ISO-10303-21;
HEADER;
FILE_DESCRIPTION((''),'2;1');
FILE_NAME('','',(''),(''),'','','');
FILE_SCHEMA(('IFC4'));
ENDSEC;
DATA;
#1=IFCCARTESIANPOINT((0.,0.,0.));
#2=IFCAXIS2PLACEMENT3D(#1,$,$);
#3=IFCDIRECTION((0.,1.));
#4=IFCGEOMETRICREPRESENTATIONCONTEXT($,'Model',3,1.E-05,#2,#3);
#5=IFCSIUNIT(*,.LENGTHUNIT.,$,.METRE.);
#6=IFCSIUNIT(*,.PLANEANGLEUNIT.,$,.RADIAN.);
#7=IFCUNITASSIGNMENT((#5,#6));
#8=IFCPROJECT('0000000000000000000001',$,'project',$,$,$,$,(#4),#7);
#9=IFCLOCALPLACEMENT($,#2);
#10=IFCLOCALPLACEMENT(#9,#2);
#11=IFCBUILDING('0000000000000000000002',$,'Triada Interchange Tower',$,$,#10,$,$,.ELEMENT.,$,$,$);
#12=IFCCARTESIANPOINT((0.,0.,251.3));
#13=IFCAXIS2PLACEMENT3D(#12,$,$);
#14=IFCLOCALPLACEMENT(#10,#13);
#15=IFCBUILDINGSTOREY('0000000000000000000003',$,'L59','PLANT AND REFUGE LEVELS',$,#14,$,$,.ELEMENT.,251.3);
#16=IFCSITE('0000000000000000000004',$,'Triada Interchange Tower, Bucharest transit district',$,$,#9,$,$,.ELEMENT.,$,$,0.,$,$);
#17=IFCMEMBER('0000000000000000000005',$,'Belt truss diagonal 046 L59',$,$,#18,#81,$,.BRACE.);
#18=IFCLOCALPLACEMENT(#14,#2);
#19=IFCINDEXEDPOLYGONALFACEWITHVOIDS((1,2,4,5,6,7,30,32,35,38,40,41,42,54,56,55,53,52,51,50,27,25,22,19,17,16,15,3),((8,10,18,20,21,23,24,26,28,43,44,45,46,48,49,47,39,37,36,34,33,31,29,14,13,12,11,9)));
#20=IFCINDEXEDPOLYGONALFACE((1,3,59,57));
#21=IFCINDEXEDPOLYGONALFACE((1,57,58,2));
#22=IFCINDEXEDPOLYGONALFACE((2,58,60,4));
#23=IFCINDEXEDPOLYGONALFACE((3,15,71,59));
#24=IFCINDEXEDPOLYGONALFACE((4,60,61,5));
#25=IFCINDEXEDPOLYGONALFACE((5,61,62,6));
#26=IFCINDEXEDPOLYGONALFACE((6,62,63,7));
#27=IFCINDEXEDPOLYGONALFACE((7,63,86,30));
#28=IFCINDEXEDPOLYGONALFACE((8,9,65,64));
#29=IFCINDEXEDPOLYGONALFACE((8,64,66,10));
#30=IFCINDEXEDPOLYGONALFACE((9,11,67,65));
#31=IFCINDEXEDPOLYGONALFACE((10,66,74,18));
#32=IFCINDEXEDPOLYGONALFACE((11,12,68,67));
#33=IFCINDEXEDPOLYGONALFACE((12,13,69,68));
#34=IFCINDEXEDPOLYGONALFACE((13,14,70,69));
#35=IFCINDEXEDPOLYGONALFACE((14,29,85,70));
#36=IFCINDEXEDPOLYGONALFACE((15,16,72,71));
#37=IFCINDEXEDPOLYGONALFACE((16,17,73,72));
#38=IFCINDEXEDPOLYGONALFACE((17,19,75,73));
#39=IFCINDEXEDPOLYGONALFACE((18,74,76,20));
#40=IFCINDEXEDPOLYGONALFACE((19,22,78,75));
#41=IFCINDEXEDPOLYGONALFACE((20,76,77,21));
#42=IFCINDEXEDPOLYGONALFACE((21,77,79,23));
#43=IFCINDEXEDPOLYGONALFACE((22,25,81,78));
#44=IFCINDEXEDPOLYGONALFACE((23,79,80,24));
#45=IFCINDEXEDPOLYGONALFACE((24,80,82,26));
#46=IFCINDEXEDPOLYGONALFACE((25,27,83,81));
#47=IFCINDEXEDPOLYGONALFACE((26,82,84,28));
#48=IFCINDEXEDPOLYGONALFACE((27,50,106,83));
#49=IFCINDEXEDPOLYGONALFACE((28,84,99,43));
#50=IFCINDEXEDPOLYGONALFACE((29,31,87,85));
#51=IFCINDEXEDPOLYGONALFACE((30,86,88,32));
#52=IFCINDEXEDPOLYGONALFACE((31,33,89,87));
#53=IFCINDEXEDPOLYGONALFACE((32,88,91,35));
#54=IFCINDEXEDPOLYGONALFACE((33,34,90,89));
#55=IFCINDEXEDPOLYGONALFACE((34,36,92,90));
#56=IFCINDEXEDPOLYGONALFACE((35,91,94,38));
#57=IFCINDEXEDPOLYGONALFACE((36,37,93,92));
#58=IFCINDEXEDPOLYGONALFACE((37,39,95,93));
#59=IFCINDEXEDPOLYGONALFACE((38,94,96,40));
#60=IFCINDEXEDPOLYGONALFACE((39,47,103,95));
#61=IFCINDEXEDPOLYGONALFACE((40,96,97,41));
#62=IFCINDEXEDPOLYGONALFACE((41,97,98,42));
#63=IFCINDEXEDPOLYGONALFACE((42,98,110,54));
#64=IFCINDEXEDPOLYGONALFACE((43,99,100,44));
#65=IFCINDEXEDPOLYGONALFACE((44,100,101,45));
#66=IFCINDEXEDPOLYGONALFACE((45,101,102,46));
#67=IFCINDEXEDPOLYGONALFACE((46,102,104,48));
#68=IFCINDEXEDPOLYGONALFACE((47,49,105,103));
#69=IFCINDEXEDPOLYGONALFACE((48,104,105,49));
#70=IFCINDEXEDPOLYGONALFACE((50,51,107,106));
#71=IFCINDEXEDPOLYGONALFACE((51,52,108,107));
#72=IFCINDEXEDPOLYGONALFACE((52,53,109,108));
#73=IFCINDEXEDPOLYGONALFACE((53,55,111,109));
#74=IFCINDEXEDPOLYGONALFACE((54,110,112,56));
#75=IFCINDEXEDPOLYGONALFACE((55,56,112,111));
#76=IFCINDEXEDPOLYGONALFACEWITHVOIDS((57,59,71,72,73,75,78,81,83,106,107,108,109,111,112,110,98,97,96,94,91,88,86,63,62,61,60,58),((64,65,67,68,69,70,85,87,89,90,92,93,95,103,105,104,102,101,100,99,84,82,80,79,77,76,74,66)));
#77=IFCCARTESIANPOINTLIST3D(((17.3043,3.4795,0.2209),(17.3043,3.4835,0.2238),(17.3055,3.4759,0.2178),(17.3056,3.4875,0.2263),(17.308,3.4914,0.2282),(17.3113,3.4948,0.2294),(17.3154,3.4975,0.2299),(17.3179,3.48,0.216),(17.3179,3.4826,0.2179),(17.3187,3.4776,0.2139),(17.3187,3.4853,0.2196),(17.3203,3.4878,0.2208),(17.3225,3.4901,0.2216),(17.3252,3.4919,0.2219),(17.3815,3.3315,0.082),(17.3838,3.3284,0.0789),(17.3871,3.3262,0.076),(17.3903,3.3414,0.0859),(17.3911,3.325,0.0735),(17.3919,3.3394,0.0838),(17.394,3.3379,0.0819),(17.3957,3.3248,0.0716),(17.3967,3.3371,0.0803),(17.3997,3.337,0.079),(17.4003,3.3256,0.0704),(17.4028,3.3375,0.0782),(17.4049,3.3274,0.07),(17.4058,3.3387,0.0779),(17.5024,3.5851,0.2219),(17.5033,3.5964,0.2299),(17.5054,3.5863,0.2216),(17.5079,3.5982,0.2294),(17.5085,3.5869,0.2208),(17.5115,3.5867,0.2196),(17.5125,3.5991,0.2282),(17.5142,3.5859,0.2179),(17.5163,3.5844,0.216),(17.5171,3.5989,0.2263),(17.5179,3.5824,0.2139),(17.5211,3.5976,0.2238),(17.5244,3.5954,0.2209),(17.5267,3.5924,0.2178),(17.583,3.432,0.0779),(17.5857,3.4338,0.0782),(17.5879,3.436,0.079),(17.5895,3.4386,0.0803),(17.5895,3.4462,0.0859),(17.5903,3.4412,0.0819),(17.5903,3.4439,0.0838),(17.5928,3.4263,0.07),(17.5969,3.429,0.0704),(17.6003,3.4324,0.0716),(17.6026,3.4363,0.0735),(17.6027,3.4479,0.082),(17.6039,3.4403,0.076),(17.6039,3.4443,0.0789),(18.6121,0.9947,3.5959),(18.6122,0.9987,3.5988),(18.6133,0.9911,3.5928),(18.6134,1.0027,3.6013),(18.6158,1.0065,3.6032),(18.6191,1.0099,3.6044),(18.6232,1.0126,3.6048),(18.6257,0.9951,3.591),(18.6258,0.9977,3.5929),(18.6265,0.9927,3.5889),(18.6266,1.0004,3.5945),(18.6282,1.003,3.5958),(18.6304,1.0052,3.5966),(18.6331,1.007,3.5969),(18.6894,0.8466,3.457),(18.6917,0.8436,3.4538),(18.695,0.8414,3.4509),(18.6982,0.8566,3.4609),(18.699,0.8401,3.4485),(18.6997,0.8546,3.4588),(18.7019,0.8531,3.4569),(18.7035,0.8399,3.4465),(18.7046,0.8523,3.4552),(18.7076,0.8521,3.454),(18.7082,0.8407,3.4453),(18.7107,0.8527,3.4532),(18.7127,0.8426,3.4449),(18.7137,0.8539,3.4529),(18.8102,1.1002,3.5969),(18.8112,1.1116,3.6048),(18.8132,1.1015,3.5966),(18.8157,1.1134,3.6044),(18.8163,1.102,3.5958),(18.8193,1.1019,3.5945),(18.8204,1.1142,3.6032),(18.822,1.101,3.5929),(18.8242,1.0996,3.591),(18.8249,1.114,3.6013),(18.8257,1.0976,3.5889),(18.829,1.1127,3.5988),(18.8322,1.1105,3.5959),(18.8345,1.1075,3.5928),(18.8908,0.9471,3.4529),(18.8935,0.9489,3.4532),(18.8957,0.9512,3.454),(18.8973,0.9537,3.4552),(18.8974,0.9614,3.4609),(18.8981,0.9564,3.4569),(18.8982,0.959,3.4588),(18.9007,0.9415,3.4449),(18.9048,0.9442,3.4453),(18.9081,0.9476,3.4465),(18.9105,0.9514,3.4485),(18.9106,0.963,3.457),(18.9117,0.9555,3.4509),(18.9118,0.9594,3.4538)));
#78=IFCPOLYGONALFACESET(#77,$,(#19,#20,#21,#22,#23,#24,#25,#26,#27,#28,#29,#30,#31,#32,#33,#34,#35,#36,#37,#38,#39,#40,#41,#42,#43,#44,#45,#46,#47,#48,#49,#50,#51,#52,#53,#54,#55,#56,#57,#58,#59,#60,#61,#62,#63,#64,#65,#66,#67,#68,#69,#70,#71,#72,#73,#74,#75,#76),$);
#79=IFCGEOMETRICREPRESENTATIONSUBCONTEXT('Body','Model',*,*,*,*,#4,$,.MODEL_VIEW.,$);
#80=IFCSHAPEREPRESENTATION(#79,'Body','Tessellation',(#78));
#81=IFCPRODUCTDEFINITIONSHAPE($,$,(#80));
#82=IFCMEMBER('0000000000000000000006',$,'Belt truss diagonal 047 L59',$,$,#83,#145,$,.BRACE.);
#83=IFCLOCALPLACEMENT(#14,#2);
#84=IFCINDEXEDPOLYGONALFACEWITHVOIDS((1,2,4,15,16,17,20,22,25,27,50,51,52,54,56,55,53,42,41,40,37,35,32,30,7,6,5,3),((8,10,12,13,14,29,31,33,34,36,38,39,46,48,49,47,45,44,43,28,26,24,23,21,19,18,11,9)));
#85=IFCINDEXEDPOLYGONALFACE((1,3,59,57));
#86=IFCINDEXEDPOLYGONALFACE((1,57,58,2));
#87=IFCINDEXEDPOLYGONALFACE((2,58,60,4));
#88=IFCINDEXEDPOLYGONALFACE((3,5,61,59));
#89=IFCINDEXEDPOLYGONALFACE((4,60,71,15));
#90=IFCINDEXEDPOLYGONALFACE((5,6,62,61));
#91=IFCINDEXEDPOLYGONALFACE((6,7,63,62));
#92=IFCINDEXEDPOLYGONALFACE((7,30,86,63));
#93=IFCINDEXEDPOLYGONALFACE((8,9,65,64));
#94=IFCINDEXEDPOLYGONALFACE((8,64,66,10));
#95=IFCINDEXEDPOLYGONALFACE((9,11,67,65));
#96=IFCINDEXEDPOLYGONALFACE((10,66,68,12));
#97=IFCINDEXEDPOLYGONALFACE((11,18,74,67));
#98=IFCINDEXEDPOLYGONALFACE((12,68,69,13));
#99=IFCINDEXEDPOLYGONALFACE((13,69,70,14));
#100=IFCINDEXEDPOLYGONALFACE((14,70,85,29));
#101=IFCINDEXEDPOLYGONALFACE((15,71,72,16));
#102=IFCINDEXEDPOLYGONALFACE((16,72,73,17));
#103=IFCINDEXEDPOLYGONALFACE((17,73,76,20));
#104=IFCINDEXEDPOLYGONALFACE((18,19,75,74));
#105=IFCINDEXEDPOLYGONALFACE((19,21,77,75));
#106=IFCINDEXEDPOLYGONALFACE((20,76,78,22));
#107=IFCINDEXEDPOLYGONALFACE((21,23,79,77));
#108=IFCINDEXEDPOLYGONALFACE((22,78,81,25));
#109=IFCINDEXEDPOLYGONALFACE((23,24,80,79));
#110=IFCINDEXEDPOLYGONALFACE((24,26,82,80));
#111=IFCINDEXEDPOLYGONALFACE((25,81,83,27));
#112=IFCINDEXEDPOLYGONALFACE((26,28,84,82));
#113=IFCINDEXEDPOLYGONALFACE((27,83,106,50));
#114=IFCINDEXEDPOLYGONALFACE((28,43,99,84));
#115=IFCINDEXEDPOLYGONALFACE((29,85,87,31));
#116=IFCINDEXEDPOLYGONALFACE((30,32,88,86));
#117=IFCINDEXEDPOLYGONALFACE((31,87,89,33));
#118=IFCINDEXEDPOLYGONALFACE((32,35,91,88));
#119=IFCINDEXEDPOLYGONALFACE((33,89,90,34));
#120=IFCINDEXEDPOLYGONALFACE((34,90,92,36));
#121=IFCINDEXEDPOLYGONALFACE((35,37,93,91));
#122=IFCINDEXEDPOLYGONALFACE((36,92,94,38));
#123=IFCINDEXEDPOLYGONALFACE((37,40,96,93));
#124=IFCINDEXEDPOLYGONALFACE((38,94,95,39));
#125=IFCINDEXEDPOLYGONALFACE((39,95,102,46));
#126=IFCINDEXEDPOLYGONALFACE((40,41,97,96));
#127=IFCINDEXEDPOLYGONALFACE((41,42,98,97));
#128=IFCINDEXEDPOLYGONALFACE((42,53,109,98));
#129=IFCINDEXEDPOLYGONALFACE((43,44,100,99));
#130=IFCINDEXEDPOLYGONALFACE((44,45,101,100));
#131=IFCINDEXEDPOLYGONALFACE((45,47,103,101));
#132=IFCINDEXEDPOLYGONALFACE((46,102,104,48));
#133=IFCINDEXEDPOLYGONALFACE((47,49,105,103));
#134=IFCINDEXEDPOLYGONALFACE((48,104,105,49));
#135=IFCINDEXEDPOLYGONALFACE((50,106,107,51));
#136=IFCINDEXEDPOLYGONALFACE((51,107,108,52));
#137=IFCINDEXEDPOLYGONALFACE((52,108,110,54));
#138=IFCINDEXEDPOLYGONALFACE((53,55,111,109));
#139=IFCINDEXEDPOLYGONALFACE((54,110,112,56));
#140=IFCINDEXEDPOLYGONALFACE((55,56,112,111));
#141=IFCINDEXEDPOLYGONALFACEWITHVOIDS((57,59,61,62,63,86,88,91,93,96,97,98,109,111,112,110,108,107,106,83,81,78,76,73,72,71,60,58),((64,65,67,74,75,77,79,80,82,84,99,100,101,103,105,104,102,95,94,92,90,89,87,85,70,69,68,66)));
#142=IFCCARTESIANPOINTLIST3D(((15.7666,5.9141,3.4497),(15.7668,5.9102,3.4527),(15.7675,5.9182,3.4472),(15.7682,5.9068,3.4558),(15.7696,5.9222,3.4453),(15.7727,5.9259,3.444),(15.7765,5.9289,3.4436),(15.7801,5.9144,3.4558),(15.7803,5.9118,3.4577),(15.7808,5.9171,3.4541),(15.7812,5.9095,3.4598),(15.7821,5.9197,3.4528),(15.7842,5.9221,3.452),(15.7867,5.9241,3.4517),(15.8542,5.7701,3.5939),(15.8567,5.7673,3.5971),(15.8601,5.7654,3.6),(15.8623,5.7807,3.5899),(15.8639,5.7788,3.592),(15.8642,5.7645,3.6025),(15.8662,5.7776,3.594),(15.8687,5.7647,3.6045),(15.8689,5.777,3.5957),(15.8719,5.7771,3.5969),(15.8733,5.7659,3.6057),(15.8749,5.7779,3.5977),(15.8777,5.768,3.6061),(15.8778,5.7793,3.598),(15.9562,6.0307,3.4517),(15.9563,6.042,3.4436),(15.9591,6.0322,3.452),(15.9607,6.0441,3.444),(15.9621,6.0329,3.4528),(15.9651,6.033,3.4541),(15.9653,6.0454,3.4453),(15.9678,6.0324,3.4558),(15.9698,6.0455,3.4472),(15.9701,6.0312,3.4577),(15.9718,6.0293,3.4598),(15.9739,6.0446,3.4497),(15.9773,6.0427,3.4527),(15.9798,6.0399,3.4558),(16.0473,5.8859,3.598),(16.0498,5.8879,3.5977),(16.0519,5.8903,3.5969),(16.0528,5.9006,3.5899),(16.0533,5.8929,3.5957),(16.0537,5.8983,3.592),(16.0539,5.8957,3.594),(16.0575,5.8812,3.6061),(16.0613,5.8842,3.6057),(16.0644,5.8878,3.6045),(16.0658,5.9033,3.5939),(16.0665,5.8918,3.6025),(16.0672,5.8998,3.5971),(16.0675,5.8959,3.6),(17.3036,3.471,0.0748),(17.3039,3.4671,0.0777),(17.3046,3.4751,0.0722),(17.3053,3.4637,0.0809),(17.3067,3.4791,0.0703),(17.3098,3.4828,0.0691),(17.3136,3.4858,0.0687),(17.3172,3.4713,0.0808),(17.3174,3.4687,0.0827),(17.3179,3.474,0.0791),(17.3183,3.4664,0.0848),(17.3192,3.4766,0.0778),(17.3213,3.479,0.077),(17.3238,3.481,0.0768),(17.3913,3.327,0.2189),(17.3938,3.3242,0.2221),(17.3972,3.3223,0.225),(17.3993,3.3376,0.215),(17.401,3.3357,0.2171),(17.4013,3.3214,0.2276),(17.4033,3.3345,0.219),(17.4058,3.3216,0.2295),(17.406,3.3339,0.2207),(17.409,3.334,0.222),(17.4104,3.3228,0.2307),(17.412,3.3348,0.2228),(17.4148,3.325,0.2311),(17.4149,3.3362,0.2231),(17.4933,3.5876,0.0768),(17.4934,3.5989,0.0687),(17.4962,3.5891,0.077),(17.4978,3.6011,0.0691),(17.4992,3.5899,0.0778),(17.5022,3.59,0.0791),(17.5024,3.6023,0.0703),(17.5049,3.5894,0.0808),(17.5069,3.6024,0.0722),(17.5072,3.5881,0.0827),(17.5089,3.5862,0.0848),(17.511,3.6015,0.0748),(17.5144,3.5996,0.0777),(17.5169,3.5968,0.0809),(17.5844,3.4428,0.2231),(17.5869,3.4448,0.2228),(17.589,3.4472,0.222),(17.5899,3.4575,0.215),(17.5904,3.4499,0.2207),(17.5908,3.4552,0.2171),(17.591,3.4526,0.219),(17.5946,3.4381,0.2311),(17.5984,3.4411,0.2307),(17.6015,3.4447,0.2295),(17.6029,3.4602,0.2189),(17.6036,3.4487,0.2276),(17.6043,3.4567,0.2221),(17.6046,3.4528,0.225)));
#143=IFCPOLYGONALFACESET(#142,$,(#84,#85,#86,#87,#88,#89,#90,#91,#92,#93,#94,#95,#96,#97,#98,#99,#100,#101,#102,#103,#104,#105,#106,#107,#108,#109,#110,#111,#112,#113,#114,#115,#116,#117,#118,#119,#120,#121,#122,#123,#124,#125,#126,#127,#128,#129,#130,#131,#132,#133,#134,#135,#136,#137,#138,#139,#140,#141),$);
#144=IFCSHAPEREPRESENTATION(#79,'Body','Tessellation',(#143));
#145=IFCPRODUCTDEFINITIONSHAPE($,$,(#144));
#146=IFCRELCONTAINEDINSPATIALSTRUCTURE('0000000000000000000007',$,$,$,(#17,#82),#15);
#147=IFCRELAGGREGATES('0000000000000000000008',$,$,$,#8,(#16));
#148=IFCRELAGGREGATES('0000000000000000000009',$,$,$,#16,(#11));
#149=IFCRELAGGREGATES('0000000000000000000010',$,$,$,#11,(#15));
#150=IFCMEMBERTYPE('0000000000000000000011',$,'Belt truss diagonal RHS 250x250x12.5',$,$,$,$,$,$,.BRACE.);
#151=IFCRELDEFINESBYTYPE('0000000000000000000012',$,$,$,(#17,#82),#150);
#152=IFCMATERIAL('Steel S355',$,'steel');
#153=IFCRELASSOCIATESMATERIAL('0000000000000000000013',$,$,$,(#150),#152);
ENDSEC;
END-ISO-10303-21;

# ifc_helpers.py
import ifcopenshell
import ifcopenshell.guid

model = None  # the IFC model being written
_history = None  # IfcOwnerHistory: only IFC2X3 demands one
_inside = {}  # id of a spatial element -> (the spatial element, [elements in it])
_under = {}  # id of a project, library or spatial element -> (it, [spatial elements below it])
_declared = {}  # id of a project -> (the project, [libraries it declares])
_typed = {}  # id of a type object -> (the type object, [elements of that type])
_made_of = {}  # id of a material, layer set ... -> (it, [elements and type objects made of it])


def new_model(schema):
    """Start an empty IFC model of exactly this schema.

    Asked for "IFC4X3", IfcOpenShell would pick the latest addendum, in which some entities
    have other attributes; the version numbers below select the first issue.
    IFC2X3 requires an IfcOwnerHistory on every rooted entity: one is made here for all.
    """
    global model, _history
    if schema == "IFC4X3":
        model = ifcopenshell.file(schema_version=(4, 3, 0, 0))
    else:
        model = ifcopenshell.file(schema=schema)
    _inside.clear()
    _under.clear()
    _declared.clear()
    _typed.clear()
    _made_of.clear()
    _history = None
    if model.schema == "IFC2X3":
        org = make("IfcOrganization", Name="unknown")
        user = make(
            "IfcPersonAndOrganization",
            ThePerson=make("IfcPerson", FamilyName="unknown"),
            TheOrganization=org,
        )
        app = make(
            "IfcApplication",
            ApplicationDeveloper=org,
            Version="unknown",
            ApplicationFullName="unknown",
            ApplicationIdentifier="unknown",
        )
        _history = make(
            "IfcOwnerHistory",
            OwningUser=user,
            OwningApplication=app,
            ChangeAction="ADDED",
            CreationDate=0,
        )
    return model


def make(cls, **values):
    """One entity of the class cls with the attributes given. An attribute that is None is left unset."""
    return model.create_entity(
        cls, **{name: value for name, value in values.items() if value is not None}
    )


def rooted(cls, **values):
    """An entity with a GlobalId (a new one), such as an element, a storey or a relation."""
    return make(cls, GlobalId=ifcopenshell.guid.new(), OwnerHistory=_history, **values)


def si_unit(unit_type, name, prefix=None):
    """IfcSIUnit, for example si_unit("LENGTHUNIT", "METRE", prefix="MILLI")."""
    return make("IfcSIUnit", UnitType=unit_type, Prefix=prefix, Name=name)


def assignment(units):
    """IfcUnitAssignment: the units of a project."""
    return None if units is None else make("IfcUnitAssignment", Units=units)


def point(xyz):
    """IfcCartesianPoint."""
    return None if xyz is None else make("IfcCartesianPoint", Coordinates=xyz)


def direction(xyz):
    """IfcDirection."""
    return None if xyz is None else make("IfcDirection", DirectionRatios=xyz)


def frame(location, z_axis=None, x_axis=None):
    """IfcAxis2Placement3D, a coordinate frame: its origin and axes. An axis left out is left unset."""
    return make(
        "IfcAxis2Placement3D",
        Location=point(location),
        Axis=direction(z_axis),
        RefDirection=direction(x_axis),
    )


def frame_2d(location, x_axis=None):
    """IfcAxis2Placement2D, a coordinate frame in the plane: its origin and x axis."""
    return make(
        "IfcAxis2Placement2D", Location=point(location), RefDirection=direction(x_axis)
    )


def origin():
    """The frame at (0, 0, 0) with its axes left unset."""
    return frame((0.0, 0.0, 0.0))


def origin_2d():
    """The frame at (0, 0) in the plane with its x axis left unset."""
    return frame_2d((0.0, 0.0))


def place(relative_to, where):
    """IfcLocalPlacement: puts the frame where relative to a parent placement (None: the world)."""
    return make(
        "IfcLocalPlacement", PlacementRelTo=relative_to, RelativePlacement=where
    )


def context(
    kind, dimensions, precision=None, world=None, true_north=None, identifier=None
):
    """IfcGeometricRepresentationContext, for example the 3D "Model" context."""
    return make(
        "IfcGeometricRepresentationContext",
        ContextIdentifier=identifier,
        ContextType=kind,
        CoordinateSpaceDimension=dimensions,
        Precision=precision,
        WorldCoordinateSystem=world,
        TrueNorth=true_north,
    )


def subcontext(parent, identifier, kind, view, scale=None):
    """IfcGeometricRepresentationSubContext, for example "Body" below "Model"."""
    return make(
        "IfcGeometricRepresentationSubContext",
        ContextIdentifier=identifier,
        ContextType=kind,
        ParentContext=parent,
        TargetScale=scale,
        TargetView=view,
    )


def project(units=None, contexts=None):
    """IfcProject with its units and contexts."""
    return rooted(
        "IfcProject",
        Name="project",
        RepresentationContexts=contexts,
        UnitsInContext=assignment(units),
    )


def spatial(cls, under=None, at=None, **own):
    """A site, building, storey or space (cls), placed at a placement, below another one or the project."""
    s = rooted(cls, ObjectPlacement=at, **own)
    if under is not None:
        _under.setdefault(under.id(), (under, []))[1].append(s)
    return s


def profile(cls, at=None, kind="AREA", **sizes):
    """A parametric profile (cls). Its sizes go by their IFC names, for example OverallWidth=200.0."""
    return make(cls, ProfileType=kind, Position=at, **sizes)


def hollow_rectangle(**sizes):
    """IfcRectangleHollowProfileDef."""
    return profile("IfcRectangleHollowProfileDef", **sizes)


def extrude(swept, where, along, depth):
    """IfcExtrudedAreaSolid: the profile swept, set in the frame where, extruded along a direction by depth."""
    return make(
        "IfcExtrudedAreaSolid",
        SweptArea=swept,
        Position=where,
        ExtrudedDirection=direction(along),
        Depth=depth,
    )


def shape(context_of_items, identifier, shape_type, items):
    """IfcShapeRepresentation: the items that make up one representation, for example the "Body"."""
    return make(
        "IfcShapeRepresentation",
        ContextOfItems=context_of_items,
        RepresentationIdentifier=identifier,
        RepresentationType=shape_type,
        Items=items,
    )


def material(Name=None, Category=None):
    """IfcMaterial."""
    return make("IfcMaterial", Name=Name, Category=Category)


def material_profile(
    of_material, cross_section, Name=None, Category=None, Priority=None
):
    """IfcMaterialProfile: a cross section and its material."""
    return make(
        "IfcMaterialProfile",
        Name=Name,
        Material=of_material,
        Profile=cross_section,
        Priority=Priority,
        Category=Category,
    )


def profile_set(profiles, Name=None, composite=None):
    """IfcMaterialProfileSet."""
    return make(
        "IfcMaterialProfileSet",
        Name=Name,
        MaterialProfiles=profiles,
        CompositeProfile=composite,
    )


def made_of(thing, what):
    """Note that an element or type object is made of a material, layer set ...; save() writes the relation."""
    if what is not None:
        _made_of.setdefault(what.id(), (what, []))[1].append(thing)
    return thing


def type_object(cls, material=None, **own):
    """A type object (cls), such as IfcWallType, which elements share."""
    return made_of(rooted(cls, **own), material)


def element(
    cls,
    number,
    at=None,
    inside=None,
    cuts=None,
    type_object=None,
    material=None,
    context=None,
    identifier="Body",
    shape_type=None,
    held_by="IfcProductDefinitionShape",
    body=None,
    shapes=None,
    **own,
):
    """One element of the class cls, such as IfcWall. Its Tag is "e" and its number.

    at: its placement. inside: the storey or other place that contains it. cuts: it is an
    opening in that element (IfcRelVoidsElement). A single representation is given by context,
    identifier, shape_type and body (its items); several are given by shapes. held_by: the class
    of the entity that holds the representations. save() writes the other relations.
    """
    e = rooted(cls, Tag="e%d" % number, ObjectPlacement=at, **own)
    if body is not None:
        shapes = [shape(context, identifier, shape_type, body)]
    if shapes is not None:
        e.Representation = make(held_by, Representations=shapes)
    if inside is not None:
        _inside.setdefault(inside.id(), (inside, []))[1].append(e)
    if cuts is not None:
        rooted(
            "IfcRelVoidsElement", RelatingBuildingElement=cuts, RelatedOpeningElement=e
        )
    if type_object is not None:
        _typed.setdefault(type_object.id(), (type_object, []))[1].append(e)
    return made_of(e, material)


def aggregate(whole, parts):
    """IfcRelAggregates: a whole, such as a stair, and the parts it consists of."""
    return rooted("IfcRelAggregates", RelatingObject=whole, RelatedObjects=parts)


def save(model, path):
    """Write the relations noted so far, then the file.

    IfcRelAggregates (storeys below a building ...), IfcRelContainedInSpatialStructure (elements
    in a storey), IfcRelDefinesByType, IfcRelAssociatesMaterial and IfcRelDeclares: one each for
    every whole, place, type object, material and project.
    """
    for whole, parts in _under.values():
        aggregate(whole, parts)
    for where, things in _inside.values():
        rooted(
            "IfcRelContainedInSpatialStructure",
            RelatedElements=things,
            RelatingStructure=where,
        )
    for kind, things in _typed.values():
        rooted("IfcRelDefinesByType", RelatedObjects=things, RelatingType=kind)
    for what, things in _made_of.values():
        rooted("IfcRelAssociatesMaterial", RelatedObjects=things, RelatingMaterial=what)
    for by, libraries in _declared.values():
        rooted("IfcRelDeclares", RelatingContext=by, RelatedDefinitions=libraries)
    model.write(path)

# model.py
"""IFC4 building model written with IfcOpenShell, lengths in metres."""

from ifc_helpers import new_model, si_unit, direction, frame, origin, origin_2d, place, context, subcontext, project, spatial, hollow_rectangle, extrude, material, material_profile, profile_set, type_object, element, save


model = new_model("IFC4")

# Units and contexts
model_context = context("Model", 3, precision=1e-05, world=origin(), true_north=direction((0.0, 1.0)))
body_context = subcontext(model_context, "Body", "Model", "MODEL_VIEW")
ifc_project = project(units=[si_unit("LENGTHUNIT", "METRE"), si_unit("PLANEANGLEUNIT", "RADIAN")], contexts=[model_context])

# Site, building, storey
site_placement = place(None, origin())
site = spatial("IfcSite", under=ifc_project, at=site_placement, Name="Triada Interchange Tower, Bucharest transit district", CompositionType="ELEMENT", RefElevation=0.0)
building_placement = place(site_placement, origin())
building = spatial("IfcBuilding", under=site, at=building_placement, Name="Triada Interchange Tower", CompositionType="ELEMENT")
storey_placement = place(building_placement, frame((0.0, 0.0, 251.3)))
storey = spatial("IfcBuildingStorey", under=building, at=storey_placement, Name="L59", Description="PLANT AND REFUGE LEVELS", CompositionType="ELEMENT", Elevation=251.3)

# Members
ifc_material_1 = material(Name="Steel S355", Category="steel")
ifc_material_profile_1 = material_profile(ifc_material_1, hollow_rectangle(XDim=0.25, YDim=0.25, WallThickness=0.0125, InnerFilletRadius=0.0125, OuterFilletRadius=0.0188, at=origin_2d()), Name="RHS 250x250x12.5")
ifc_profile_set_1 = profile_set([ifc_material_profile_1], Name="Steel S355")
member_type = type_object("IfcMemberType", Name="Belt truss diagonal RHS 250x250x12.5", PredefinedType="BRACE", material=ifc_profile_set_1)
member_1_placement = place(storey_placement, frame((17.4541, 3.4619, 0.1499), z_axis=(0.297891, -0.565976, 0.768721), x_axis=(0.884913, 0.465757, 0.0)))
element("IfcMember", 1, at=member_1_placement, inside=storey, type_object=member_type, Name="Belt truss diagonal 046 L59", PredefinedType="BRACE", context=body_context, shape_type="SweptSolid", body=[
    extrude(hollow_rectangle(XDim=0.25, YDim=0.25, WallThickness=0.0125, InnerFilletRadius=0.0125, OuterFilletRadius=0.0188, at=origin_2d()), origin(), (0.0, 0.0, 1.0), 4.3904),
])
member_2_placement = place(storey_placement, frame((17.4541, 3.4619, 0.1499), z_axis=(-0.346121, 0.550132, 0.75997), x_axis=(-0.846412, -0.532528, 0.0)))
element("IfcMember", 2, at=member_2_placement, inside=storey, type_object=member_type, Name="Belt truss diagonal 047 L59", PredefinedType="BRACE", context=body_context, shape_type="SweptSolid", body=[
    extrude(hollow_rectangle(XDim=0.25, YDim=0.25, WallThickness=0.0125, InnerFilletRadius=0.0125, OuterFilletRadius=0.0188, at=origin_2d()), origin(), (0.0, 0.0, 1.0), 4.4409),
])

save(model, "model.ifc")
